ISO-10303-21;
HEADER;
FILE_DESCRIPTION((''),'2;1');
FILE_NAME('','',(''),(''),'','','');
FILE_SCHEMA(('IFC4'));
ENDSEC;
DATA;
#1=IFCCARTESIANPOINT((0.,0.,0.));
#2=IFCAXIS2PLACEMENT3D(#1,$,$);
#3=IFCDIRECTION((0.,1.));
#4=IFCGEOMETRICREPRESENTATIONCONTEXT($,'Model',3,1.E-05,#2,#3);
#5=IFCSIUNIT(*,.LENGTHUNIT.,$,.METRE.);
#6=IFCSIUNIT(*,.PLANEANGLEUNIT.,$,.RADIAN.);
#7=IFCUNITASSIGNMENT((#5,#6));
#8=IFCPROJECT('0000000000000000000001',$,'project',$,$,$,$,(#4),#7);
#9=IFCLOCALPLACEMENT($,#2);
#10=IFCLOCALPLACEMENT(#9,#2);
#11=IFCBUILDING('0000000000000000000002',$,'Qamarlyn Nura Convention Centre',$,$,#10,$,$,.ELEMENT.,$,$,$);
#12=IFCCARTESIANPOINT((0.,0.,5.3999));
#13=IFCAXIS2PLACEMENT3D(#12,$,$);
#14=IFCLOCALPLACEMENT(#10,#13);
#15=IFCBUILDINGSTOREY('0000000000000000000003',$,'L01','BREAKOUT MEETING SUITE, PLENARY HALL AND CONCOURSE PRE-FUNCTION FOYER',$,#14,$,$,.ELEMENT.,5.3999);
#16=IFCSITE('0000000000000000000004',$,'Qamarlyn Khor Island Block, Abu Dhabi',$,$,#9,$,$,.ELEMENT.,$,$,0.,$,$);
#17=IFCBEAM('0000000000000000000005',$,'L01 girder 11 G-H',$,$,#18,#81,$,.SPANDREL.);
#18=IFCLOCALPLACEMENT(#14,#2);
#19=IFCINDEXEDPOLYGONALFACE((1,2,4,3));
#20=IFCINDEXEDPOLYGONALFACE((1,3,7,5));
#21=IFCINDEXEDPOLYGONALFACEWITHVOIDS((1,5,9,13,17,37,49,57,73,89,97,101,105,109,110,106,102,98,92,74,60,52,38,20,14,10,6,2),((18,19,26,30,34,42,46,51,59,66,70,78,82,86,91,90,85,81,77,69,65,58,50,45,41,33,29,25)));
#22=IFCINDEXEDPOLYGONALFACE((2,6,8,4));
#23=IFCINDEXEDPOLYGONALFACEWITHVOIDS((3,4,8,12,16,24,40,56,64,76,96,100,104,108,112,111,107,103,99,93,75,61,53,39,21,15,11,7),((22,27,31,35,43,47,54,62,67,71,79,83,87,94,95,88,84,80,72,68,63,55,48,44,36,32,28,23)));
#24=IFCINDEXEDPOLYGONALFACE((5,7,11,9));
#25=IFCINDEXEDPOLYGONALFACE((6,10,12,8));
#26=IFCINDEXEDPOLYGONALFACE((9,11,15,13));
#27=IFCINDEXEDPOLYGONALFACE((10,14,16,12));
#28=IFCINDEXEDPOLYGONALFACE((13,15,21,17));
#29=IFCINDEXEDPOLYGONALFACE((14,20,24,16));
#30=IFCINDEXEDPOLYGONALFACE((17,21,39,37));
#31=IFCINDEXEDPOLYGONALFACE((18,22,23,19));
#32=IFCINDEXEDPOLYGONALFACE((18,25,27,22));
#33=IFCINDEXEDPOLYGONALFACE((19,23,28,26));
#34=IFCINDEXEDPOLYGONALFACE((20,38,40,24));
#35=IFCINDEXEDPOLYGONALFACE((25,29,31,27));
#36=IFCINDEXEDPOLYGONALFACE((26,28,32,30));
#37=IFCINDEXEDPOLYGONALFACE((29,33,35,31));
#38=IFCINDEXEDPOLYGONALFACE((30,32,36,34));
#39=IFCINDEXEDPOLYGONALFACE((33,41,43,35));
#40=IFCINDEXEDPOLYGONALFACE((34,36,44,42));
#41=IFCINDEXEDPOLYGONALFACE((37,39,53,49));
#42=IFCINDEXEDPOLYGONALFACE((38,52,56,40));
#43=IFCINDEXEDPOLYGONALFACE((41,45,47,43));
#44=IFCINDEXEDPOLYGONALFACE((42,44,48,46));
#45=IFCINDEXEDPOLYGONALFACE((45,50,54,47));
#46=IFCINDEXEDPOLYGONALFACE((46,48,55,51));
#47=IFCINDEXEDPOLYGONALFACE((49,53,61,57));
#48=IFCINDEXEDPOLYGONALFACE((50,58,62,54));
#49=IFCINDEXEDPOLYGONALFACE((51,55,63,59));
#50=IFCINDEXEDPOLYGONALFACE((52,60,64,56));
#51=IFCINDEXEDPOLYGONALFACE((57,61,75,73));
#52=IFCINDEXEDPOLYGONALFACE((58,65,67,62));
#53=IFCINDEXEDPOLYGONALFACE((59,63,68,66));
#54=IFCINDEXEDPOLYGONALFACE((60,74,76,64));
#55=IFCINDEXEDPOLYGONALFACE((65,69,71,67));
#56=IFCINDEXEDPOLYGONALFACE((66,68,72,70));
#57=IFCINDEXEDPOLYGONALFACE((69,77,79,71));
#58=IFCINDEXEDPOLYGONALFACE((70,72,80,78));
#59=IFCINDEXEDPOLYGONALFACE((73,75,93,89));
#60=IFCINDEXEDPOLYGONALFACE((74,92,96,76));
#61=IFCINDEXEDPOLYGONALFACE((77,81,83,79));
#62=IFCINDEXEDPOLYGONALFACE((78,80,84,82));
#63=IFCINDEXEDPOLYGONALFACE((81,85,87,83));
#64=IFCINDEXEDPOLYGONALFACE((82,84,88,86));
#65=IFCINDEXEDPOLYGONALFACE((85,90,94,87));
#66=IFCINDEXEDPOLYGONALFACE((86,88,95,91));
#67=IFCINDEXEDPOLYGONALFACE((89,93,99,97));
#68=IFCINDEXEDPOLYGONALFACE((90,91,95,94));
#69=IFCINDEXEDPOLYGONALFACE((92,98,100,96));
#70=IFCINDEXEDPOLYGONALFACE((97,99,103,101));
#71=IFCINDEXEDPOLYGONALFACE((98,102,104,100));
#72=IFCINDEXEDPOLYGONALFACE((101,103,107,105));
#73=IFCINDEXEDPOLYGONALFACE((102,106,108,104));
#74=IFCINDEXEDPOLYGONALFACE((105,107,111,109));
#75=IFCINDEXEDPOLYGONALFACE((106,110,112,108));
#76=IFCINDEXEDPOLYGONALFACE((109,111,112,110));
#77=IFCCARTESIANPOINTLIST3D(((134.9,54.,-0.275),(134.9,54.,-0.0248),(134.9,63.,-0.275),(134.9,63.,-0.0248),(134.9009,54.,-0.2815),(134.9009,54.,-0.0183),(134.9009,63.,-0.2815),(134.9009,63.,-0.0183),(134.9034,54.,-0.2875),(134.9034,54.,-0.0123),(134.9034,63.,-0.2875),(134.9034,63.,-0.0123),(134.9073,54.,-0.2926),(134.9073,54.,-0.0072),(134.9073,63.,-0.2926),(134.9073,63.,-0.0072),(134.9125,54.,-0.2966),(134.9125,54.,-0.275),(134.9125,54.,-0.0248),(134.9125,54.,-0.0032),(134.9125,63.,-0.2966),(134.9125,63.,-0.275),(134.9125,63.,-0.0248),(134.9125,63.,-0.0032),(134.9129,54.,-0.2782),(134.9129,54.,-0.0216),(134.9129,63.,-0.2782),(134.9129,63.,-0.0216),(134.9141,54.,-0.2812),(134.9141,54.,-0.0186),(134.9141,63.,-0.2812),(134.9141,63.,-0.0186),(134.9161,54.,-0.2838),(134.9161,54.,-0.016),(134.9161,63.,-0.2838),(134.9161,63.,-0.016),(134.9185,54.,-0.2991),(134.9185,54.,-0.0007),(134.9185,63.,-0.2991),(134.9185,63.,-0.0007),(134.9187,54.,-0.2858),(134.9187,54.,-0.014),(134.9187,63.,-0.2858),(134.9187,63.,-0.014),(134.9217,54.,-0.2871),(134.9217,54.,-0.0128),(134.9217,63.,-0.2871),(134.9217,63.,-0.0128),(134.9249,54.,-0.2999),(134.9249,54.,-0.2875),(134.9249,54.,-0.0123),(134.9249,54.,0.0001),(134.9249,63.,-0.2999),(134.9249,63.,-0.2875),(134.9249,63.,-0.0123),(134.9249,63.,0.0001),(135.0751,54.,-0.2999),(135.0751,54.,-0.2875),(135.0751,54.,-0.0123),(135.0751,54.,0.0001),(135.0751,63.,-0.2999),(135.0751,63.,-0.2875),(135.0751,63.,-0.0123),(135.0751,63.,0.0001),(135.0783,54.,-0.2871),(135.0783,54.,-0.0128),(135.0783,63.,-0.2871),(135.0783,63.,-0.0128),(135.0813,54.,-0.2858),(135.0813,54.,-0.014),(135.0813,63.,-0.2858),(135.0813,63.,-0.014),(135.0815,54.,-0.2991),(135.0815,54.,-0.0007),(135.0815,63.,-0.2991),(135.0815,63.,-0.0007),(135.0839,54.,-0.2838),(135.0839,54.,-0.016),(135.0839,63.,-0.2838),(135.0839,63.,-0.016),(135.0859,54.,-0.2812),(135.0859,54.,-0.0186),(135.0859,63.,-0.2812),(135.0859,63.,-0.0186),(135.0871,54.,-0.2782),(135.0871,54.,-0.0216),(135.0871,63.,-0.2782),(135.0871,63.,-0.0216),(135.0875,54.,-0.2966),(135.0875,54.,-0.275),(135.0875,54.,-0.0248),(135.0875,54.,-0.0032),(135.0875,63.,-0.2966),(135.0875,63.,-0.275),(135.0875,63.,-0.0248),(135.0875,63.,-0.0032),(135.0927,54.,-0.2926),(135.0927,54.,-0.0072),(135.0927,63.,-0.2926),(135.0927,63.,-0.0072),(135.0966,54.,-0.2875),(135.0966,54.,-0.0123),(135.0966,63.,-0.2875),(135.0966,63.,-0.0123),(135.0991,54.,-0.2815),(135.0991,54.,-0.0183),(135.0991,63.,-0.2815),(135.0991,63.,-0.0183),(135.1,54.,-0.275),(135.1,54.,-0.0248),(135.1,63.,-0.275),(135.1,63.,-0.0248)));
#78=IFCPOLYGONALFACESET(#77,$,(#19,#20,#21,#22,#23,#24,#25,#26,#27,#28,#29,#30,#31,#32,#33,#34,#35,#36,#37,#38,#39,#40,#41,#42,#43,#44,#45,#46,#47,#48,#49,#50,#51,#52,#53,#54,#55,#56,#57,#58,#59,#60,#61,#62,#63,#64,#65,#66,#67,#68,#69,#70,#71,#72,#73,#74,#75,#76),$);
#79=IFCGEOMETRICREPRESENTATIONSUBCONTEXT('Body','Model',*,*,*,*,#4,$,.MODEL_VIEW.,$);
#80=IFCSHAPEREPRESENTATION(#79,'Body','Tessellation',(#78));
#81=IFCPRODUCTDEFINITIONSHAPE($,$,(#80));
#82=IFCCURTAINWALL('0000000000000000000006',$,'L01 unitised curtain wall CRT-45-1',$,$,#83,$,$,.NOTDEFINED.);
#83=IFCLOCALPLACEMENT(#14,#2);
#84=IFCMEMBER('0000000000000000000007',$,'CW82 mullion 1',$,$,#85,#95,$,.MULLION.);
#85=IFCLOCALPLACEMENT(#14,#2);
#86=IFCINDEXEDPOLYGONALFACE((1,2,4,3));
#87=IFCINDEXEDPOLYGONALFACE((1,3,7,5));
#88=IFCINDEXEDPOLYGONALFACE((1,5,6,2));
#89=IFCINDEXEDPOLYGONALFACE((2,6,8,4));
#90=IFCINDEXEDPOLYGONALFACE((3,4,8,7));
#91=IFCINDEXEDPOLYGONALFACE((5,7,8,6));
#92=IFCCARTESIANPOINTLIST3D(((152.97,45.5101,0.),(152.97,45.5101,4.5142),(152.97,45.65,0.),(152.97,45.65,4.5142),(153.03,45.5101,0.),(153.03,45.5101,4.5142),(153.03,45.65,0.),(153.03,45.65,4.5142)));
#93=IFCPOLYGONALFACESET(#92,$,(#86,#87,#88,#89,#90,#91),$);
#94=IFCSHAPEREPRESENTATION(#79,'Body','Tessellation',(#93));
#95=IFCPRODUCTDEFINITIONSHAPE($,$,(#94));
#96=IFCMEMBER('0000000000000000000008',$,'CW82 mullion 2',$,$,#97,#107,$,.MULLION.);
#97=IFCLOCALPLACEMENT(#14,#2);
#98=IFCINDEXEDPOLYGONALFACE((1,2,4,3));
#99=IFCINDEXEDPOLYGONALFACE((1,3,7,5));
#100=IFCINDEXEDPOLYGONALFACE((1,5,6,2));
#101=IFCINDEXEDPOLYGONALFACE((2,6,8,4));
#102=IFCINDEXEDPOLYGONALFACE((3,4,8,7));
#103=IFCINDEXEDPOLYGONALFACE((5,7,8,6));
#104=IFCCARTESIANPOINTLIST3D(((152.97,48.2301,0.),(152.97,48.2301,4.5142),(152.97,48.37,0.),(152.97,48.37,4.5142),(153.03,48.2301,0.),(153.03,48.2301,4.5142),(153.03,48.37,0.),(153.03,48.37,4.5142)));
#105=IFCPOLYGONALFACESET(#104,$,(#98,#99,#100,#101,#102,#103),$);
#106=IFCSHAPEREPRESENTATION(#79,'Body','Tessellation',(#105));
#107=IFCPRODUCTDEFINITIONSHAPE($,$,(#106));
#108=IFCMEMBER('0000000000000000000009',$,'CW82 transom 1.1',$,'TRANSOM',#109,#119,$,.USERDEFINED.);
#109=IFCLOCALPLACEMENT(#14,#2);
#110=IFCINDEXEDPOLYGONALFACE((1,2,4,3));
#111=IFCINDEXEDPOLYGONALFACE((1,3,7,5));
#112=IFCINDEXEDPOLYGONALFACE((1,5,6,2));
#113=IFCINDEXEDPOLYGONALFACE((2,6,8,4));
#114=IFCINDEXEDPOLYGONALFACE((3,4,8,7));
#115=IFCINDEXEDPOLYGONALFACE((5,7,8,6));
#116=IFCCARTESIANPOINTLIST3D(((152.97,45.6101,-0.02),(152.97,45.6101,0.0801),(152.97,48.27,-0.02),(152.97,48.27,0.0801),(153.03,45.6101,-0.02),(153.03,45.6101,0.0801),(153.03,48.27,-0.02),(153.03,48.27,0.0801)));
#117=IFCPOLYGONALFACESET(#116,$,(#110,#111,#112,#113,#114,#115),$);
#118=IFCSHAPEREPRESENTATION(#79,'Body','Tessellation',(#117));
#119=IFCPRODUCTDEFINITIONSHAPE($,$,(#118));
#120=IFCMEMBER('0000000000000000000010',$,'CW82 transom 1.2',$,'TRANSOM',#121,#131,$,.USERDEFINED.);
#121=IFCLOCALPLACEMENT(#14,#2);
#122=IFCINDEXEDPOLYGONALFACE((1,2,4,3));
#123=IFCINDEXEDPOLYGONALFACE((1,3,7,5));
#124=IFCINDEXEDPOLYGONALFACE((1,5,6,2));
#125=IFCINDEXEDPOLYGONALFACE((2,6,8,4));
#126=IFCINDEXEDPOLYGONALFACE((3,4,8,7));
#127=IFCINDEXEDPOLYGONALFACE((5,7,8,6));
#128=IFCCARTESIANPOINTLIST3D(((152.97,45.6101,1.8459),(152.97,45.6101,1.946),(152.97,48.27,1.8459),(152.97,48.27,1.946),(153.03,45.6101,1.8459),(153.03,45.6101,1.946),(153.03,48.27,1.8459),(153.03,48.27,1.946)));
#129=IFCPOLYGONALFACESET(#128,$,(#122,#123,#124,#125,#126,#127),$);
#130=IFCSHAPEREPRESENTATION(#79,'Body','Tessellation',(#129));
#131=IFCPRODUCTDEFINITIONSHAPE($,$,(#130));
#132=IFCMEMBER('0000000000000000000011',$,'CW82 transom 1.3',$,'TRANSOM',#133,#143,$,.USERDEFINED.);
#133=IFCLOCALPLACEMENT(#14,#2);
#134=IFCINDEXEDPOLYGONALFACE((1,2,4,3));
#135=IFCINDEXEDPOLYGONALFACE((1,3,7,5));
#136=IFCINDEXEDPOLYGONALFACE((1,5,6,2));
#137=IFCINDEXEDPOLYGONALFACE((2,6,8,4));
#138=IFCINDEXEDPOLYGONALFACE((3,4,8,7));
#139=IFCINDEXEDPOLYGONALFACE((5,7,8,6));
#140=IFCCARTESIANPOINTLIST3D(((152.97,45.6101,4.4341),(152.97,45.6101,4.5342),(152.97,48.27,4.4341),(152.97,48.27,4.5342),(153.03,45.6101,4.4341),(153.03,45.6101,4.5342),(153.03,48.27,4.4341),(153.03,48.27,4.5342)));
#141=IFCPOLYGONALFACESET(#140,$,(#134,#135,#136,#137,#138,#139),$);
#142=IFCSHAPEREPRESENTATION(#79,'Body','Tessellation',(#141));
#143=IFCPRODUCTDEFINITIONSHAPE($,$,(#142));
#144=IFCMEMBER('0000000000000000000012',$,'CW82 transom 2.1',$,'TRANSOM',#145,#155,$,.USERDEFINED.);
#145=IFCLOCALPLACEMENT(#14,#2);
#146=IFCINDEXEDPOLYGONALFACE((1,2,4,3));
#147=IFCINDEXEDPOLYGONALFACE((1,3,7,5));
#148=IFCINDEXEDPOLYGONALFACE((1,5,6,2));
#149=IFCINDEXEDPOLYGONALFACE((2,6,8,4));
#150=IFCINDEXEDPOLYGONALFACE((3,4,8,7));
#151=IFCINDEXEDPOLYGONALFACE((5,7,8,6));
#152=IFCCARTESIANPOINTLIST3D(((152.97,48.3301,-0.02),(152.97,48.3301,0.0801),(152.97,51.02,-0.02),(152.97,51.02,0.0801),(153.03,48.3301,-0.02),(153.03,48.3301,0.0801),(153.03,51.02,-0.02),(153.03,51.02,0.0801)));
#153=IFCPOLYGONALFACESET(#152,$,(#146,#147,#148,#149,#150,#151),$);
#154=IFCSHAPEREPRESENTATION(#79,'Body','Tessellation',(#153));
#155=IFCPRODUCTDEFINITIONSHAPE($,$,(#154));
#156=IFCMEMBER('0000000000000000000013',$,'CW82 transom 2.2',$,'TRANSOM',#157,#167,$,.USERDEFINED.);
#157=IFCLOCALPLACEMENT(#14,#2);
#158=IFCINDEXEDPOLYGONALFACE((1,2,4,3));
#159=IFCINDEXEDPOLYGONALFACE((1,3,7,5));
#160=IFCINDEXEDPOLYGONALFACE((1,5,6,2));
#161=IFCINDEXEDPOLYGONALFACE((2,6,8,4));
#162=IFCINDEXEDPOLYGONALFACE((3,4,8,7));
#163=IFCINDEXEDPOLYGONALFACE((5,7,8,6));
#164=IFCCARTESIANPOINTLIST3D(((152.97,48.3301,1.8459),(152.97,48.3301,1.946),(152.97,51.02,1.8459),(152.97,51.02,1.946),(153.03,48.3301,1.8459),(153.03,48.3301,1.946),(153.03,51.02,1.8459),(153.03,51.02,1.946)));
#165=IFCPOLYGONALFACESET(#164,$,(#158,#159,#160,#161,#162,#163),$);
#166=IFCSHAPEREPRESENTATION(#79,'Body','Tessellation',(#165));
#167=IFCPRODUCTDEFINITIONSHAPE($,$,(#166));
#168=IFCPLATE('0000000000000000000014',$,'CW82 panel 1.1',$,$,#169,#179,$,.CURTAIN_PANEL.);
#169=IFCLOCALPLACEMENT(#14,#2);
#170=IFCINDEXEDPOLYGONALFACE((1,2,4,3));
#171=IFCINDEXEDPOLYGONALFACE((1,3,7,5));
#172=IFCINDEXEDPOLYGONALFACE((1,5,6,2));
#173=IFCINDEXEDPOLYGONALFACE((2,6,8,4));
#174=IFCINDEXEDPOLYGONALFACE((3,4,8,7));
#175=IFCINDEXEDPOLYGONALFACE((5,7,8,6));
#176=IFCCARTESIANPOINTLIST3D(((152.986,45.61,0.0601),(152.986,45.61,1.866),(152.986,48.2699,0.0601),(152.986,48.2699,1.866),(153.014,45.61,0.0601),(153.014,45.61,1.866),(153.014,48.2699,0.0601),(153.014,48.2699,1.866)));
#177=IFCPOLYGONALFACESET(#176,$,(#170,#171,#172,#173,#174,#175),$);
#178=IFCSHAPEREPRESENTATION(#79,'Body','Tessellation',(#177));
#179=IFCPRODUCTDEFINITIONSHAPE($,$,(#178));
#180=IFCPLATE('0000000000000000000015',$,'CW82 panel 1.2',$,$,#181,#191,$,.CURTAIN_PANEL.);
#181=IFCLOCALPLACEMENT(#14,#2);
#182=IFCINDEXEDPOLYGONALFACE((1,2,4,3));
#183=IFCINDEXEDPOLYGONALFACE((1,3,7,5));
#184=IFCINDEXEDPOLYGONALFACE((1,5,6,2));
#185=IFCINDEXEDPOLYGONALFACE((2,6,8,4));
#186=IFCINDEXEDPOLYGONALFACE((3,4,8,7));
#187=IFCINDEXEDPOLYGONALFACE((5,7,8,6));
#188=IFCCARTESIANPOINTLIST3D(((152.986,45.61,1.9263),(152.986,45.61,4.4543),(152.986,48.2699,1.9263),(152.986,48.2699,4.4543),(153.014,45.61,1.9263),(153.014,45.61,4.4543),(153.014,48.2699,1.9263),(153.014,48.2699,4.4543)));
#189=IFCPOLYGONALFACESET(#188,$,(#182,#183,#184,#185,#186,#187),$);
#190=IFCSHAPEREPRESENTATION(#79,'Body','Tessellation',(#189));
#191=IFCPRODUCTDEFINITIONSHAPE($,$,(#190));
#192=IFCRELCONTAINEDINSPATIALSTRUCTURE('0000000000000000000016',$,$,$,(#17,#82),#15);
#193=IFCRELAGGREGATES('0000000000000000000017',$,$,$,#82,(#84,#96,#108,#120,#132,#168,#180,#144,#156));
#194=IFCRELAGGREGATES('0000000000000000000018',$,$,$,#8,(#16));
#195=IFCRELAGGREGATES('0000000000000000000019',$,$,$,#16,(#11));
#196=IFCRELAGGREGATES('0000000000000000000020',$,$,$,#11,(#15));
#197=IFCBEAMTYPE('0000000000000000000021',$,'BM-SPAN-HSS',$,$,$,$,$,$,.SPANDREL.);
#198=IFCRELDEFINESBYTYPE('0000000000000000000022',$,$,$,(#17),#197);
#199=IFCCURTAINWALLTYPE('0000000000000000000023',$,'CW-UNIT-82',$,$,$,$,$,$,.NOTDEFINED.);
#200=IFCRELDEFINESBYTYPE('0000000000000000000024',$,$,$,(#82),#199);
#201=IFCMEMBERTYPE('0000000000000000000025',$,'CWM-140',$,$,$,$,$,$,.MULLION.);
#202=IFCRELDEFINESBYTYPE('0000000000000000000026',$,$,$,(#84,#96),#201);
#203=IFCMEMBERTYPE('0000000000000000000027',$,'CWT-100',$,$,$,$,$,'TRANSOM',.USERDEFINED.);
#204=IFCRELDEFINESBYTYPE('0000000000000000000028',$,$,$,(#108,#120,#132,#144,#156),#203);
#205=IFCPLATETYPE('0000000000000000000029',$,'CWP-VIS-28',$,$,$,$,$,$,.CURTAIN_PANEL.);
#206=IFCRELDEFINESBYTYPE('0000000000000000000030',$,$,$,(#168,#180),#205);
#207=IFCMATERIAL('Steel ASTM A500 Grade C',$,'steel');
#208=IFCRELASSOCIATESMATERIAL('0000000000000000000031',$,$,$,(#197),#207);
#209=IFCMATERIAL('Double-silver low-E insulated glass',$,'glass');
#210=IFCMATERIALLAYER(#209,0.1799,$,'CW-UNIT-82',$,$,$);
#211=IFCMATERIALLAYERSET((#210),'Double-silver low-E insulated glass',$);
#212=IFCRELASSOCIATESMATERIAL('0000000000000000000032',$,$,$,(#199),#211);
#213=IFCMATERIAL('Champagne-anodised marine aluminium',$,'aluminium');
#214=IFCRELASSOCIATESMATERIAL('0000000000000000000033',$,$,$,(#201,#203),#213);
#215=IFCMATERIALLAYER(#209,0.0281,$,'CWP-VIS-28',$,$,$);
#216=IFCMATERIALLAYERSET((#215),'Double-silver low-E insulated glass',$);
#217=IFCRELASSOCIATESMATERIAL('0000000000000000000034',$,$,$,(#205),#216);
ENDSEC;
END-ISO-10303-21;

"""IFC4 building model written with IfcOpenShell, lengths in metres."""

from ifc_helpers import new_model, si_unit, direction, frame, origin, origin_2d, place, context, subcontext, project, spatial, rectangle, hollow_rectangle, extrude, material, layer, layer_set, material_profile, profile_set, type_object, element, aggregate, save


model = new_model("IFC4")

# Units and contexts
model_context = context("Model", 3, precision=1e-05, world=origin(), true_north=direction((0.0, 1.0)))
body_context = subcontext(model_context, "Body", "Model", "MODEL_VIEW")
ifc_project = project(units=[si_unit("LENGTHUNIT", "METRE"), si_unit("PLANEANGLEUNIT", "RADIAN")], contexts=[model_context])

# Site, building, storey
site_placement = place(None, origin())
site = spatial("IfcSite", under=ifc_project, at=site_placement, Name="Qamarlyn Khor Island Block, Abu Dhabi", CompositionType="ELEMENT", RefElevation=0.0)
building_placement = place(site_placement, origin())
building = spatial("IfcBuilding", under=site, at=building_placement, Name="Qamarlyn Nura Convention Centre", CompositionType="ELEMENT")
storey_placement = place(building_placement, frame((0.0, 0.0, 5.3999)))
storey = spatial("IfcBuildingStorey", under=building, at=storey_placement, Name="L01", Description="BREAKOUT MEETING SUITE, PLENARY HALL AND CONCOURSE PRE-FUNCTION FOYER", CompositionType="ELEMENT", Elevation=5.3999)

# Beam
ifc_material_1 = material(Name="Steel ASTM A500 Grade C", Category="steel")
ifc_material_profile_1 = material_profile(ifc_material_1, hollow_rectangle(XDim=0.2, YDim=0.3, WallThickness=0.0125, InnerFilletRadius=0.0125, OuterFilletRadius=0.0249, at=origin_2d()), Name="HSS300X200X12.5")
ifc_profile_set_1 = profile_set([ifc_material_profile_1], Name="Steel ASTM A500 Grade C")
beam_type_1 = type_object("IfcBeamType", Name="BM-SPAN-HSS", PredefinedType="SPANDREL", material=ifc_profile_set_1)
beam_1_placement = place(storey_placement, frame((135.0, 54.0, -0.1499), z_axis=(0.0, 1.0, 0.0), x_axis=(-1.0, 0.0, 0.0)))
element("IfcBeam", 1, at=beam_1_placement, inside=storey, type_object=beam_type_1, Name="L01 girder 11 G-H", PredefinedType="SPANDREL", context=body_context, shape_type="SweptSolid", body=[
    extrude(hollow_rectangle(XDim=0.2, YDim=0.3, WallThickness=0.0125, InnerFilletRadius=0.0125, OuterFilletRadius=0.0249, at=origin_2d()), origin(), (0.0, 0.0, 1.0), 9.0),
])

# Curtain wall, members, plates
ifc_material_2 = material(Name="Double-silver low-E insulated glass", Category="glass")
ifc_layer_1 = layer(ifc_material_2, 0.1799, Name="CW-UNIT-82")
ifc_layer_set_1 = layer_set([ifc_layer_1], Name="Double-silver low-E insulated glass")
curtain_wall_type = type_object("IfcCurtainWallType", Name="CW-UNIT-82", PredefinedType="NOTDEFINED", material=ifc_layer_set_1)
curtain_wall_placement = place(storey_placement, origin())
curtain_wall = element("IfcCurtainWall", 2, at=curtain_wall_placement, inside=storey, type_object=curtain_wall_type, Name="L01 unitised curtain wall CRT-45-1", PredefinedType="NOTDEFINED")
ifc_material_3 = material(Name="Champagne-anodised marine aluminium", Category="aluminium")
ifc_material_profile_2 = material_profile(ifc_material_3, rectangle(XDim=0.0601, YDim=0.1399, at=origin_2d()), Name="ALU MULLION 60x140")
ifc_profile_set_2 = profile_set([ifc_material_profile_2], Name="Champagne-anodised marine aluminium")
member_type_1 = type_object("IfcMemberType", Name="CWM-140", PredefinedType="MULLION", material=ifc_profile_set_2)
member_1_placement = place(storey_placement, frame((153.0, 45.5801, 0.0), z_axis=(0.0, 0.0, 1.0), x_axis=(-1.0, 0.0, 0.0)))
member_1 = element("IfcMember", 3, at=member_1_placement, type_object=member_type_1, Name="CW82 mullion 1", PredefinedType="MULLION", context=body_context, shape_type="SweptSolid", body=[
    extrude(rectangle(XDim=0.0601, YDim=0.1399, at=origin_2d()), origin(), (0.0, 0.0, 1.0), 4.5142),
])
member_2_placement = place(storey_placement, frame((153.0, 48.3, 0.0), z_axis=(0.0, 0.0, 1.0), x_axis=(-1.0, 0.0, 0.0)))
member_2 = element("IfcMember", 4, at=member_2_placement, type_object=member_type_1, Name="CW82 mullion 2", PredefinedType="MULLION", context=body_context, shape_type="SweptSolid", body=[
    extrude(rectangle(XDim=0.0601, YDim=0.1399, at=origin_2d()), origin(), (0.0, 0.0, 1.0), 4.5142),
])
ifc_material_profile_3 = material_profile(ifc_material_3, rectangle(XDim=0.0601, YDim=0.1001, at=origin_2d()), Name="ALU TRANSOM 60x100")
ifc_profile_set_3 = profile_set([ifc_material_profile_3], Name="Champagne-anodised marine aluminium")
member_type_2 = type_object("IfcMemberType", Name="CWT-100", ElementType="TRANSOM", PredefinedType="USERDEFINED", material=ifc_profile_set_3)
member_3_placement = place(storey_placement, frame((153.0, 45.6101, 0.03), z_axis=(0.0, 1.0, 0.0), x_axis=(-1.0, 0.0, 0.0)))
member_3 = element("IfcMember", 5, at=member_3_placement, type_object=member_type_2, Name="CW82 transom 1.1", ObjectType="TRANSOM", PredefinedType="USERDEFINED", context=body_context, shape_type="SweptSolid", body=[
    extrude(rectangle(XDim=0.0601, YDim=0.1001, at=origin_2d()), origin(), (0.0, 0.0, 1.0), 2.6599),
])
member_4_placement = place(storey_placement, frame((153.0, 45.6101, 1.896), z_axis=(0.0, 1.0, 0.0), x_axis=(-1.0, 0.0, 0.0)))
member_4 = element("IfcMember", 6, at=member_4_placement, type_object=member_type_2, Name="CW82 transom 1.2", ObjectType="TRANSOM", PredefinedType="USERDEFINED", context=body_context, shape_type="SweptSolid", body=[
    extrude(rectangle(XDim=0.0601, YDim=0.1001, at=origin_2d()), origin(), (0.0, 0.0, 1.0), 2.6599),
])
member_5_placement = place(storey_placement, frame((153.0, 45.6101, 4.4841), z_axis=(0.0, 1.0, 0.0), x_axis=(-1.0, 0.0, 0.0)))
member_5 = element("IfcMember", 7, at=member_5_placement, type_object=member_type_2, Name="CW82 transom 1.3", ObjectType="TRANSOM", PredefinedType="USERDEFINED", context=body_context, shape_type="SweptSolid", body=[
    extrude(rectangle(XDim=0.0601, YDim=0.1001, at=origin_2d()), origin(), (0.0, 0.0, 1.0), 2.6599),
])
member_6_placement = place(storey_placement, frame((153.0, 48.3301, 0.03), z_axis=(0.0, 1.0, 0.0), x_axis=(-1.0, 0.0, 0.0)))
member_6 = element("IfcMember", 8, at=member_6_placement, type_object=member_type_2, Name="CW82 transom 2.1", ObjectType="TRANSOM", PredefinedType="USERDEFINED", context=body_context, shape_type="SweptSolid", body=[
    extrude(rectangle(XDim=0.0601, YDim=0.1001, at=origin_2d()), origin(), (0.0, 0.0, 1.0), 2.6899),
])
member_7_placement = place(storey_placement, frame((153.0, 48.3301, 1.896), z_axis=(0.0, 1.0, 0.0), x_axis=(-1.0, 0.0, 0.0)))
member_7 = element("IfcMember", 9, at=member_7_placement, type_object=member_type_2, Name="CW82 transom 2.2", ObjectType="TRANSOM", PredefinedType="USERDEFINED", context=body_context, shape_type="SweptSolid", body=[
    extrude(rectangle(XDim=0.0601, YDim=0.1001, at=origin_2d()), origin(), (0.0, 0.0, 1.0), 2.6899),
])
ifc_layer_2 = layer(ifc_material_2, 0.0281, Name="CWP-VIS-28")
ifc_layer_set_2 = layer_set([ifc_layer_2], Name="Double-silver low-E insulated glass")
plate_type = type_object("IfcPlateType", Name="CWP-VIS-28", PredefinedType="CURTAIN_PANEL", material=ifc_layer_set_2)
plate_1_placement = place(storey_placement, frame((153.0, 46.9399, 0.0601), z_axis=(0.0, 0.0, 1.0), x_axis=(0.0, 1.0, 0.0)))
plate_1 = element("IfcPlate", 10, at=plate_1_placement, type_object=plate_type, Name="CW82 panel 1.1", PredefinedType="CURTAIN_PANEL", context=body_context, shape_type="SweptSolid", body=[
    extrude(rectangle(XDim=2.6599, YDim=0.0281, at=origin_2d()), origin(), (0.0, 0.0, 1.0), 1.8059),
])
plate_2_placement = place(storey_placement, frame((153.0, 46.9399, 1.9263), z_axis=(0.0, 0.0, 1.0), x_axis=(0.0, 1.0, 0.0)))
plate_2 = element("IfcPlate", 11, at=plate_2_placement, type_object=plate_type, Name="CW82 panel 1.2", PredefinedType="CURTAIN_PANEL", context=body_context, shape_type="SweptSolid", body=[
    extrude(rectangle(XDim=2.6599, YDim=0.0281, at=origin_2d()), origin(), (0.0, 0.0, 1.0), 2.5281),
])
aggregate(curtain_wall, [member_1, member_2, member_3, member_4, member_5, plate_1, plate_2, member_6, member_7])

save(model, "model.ifc")
